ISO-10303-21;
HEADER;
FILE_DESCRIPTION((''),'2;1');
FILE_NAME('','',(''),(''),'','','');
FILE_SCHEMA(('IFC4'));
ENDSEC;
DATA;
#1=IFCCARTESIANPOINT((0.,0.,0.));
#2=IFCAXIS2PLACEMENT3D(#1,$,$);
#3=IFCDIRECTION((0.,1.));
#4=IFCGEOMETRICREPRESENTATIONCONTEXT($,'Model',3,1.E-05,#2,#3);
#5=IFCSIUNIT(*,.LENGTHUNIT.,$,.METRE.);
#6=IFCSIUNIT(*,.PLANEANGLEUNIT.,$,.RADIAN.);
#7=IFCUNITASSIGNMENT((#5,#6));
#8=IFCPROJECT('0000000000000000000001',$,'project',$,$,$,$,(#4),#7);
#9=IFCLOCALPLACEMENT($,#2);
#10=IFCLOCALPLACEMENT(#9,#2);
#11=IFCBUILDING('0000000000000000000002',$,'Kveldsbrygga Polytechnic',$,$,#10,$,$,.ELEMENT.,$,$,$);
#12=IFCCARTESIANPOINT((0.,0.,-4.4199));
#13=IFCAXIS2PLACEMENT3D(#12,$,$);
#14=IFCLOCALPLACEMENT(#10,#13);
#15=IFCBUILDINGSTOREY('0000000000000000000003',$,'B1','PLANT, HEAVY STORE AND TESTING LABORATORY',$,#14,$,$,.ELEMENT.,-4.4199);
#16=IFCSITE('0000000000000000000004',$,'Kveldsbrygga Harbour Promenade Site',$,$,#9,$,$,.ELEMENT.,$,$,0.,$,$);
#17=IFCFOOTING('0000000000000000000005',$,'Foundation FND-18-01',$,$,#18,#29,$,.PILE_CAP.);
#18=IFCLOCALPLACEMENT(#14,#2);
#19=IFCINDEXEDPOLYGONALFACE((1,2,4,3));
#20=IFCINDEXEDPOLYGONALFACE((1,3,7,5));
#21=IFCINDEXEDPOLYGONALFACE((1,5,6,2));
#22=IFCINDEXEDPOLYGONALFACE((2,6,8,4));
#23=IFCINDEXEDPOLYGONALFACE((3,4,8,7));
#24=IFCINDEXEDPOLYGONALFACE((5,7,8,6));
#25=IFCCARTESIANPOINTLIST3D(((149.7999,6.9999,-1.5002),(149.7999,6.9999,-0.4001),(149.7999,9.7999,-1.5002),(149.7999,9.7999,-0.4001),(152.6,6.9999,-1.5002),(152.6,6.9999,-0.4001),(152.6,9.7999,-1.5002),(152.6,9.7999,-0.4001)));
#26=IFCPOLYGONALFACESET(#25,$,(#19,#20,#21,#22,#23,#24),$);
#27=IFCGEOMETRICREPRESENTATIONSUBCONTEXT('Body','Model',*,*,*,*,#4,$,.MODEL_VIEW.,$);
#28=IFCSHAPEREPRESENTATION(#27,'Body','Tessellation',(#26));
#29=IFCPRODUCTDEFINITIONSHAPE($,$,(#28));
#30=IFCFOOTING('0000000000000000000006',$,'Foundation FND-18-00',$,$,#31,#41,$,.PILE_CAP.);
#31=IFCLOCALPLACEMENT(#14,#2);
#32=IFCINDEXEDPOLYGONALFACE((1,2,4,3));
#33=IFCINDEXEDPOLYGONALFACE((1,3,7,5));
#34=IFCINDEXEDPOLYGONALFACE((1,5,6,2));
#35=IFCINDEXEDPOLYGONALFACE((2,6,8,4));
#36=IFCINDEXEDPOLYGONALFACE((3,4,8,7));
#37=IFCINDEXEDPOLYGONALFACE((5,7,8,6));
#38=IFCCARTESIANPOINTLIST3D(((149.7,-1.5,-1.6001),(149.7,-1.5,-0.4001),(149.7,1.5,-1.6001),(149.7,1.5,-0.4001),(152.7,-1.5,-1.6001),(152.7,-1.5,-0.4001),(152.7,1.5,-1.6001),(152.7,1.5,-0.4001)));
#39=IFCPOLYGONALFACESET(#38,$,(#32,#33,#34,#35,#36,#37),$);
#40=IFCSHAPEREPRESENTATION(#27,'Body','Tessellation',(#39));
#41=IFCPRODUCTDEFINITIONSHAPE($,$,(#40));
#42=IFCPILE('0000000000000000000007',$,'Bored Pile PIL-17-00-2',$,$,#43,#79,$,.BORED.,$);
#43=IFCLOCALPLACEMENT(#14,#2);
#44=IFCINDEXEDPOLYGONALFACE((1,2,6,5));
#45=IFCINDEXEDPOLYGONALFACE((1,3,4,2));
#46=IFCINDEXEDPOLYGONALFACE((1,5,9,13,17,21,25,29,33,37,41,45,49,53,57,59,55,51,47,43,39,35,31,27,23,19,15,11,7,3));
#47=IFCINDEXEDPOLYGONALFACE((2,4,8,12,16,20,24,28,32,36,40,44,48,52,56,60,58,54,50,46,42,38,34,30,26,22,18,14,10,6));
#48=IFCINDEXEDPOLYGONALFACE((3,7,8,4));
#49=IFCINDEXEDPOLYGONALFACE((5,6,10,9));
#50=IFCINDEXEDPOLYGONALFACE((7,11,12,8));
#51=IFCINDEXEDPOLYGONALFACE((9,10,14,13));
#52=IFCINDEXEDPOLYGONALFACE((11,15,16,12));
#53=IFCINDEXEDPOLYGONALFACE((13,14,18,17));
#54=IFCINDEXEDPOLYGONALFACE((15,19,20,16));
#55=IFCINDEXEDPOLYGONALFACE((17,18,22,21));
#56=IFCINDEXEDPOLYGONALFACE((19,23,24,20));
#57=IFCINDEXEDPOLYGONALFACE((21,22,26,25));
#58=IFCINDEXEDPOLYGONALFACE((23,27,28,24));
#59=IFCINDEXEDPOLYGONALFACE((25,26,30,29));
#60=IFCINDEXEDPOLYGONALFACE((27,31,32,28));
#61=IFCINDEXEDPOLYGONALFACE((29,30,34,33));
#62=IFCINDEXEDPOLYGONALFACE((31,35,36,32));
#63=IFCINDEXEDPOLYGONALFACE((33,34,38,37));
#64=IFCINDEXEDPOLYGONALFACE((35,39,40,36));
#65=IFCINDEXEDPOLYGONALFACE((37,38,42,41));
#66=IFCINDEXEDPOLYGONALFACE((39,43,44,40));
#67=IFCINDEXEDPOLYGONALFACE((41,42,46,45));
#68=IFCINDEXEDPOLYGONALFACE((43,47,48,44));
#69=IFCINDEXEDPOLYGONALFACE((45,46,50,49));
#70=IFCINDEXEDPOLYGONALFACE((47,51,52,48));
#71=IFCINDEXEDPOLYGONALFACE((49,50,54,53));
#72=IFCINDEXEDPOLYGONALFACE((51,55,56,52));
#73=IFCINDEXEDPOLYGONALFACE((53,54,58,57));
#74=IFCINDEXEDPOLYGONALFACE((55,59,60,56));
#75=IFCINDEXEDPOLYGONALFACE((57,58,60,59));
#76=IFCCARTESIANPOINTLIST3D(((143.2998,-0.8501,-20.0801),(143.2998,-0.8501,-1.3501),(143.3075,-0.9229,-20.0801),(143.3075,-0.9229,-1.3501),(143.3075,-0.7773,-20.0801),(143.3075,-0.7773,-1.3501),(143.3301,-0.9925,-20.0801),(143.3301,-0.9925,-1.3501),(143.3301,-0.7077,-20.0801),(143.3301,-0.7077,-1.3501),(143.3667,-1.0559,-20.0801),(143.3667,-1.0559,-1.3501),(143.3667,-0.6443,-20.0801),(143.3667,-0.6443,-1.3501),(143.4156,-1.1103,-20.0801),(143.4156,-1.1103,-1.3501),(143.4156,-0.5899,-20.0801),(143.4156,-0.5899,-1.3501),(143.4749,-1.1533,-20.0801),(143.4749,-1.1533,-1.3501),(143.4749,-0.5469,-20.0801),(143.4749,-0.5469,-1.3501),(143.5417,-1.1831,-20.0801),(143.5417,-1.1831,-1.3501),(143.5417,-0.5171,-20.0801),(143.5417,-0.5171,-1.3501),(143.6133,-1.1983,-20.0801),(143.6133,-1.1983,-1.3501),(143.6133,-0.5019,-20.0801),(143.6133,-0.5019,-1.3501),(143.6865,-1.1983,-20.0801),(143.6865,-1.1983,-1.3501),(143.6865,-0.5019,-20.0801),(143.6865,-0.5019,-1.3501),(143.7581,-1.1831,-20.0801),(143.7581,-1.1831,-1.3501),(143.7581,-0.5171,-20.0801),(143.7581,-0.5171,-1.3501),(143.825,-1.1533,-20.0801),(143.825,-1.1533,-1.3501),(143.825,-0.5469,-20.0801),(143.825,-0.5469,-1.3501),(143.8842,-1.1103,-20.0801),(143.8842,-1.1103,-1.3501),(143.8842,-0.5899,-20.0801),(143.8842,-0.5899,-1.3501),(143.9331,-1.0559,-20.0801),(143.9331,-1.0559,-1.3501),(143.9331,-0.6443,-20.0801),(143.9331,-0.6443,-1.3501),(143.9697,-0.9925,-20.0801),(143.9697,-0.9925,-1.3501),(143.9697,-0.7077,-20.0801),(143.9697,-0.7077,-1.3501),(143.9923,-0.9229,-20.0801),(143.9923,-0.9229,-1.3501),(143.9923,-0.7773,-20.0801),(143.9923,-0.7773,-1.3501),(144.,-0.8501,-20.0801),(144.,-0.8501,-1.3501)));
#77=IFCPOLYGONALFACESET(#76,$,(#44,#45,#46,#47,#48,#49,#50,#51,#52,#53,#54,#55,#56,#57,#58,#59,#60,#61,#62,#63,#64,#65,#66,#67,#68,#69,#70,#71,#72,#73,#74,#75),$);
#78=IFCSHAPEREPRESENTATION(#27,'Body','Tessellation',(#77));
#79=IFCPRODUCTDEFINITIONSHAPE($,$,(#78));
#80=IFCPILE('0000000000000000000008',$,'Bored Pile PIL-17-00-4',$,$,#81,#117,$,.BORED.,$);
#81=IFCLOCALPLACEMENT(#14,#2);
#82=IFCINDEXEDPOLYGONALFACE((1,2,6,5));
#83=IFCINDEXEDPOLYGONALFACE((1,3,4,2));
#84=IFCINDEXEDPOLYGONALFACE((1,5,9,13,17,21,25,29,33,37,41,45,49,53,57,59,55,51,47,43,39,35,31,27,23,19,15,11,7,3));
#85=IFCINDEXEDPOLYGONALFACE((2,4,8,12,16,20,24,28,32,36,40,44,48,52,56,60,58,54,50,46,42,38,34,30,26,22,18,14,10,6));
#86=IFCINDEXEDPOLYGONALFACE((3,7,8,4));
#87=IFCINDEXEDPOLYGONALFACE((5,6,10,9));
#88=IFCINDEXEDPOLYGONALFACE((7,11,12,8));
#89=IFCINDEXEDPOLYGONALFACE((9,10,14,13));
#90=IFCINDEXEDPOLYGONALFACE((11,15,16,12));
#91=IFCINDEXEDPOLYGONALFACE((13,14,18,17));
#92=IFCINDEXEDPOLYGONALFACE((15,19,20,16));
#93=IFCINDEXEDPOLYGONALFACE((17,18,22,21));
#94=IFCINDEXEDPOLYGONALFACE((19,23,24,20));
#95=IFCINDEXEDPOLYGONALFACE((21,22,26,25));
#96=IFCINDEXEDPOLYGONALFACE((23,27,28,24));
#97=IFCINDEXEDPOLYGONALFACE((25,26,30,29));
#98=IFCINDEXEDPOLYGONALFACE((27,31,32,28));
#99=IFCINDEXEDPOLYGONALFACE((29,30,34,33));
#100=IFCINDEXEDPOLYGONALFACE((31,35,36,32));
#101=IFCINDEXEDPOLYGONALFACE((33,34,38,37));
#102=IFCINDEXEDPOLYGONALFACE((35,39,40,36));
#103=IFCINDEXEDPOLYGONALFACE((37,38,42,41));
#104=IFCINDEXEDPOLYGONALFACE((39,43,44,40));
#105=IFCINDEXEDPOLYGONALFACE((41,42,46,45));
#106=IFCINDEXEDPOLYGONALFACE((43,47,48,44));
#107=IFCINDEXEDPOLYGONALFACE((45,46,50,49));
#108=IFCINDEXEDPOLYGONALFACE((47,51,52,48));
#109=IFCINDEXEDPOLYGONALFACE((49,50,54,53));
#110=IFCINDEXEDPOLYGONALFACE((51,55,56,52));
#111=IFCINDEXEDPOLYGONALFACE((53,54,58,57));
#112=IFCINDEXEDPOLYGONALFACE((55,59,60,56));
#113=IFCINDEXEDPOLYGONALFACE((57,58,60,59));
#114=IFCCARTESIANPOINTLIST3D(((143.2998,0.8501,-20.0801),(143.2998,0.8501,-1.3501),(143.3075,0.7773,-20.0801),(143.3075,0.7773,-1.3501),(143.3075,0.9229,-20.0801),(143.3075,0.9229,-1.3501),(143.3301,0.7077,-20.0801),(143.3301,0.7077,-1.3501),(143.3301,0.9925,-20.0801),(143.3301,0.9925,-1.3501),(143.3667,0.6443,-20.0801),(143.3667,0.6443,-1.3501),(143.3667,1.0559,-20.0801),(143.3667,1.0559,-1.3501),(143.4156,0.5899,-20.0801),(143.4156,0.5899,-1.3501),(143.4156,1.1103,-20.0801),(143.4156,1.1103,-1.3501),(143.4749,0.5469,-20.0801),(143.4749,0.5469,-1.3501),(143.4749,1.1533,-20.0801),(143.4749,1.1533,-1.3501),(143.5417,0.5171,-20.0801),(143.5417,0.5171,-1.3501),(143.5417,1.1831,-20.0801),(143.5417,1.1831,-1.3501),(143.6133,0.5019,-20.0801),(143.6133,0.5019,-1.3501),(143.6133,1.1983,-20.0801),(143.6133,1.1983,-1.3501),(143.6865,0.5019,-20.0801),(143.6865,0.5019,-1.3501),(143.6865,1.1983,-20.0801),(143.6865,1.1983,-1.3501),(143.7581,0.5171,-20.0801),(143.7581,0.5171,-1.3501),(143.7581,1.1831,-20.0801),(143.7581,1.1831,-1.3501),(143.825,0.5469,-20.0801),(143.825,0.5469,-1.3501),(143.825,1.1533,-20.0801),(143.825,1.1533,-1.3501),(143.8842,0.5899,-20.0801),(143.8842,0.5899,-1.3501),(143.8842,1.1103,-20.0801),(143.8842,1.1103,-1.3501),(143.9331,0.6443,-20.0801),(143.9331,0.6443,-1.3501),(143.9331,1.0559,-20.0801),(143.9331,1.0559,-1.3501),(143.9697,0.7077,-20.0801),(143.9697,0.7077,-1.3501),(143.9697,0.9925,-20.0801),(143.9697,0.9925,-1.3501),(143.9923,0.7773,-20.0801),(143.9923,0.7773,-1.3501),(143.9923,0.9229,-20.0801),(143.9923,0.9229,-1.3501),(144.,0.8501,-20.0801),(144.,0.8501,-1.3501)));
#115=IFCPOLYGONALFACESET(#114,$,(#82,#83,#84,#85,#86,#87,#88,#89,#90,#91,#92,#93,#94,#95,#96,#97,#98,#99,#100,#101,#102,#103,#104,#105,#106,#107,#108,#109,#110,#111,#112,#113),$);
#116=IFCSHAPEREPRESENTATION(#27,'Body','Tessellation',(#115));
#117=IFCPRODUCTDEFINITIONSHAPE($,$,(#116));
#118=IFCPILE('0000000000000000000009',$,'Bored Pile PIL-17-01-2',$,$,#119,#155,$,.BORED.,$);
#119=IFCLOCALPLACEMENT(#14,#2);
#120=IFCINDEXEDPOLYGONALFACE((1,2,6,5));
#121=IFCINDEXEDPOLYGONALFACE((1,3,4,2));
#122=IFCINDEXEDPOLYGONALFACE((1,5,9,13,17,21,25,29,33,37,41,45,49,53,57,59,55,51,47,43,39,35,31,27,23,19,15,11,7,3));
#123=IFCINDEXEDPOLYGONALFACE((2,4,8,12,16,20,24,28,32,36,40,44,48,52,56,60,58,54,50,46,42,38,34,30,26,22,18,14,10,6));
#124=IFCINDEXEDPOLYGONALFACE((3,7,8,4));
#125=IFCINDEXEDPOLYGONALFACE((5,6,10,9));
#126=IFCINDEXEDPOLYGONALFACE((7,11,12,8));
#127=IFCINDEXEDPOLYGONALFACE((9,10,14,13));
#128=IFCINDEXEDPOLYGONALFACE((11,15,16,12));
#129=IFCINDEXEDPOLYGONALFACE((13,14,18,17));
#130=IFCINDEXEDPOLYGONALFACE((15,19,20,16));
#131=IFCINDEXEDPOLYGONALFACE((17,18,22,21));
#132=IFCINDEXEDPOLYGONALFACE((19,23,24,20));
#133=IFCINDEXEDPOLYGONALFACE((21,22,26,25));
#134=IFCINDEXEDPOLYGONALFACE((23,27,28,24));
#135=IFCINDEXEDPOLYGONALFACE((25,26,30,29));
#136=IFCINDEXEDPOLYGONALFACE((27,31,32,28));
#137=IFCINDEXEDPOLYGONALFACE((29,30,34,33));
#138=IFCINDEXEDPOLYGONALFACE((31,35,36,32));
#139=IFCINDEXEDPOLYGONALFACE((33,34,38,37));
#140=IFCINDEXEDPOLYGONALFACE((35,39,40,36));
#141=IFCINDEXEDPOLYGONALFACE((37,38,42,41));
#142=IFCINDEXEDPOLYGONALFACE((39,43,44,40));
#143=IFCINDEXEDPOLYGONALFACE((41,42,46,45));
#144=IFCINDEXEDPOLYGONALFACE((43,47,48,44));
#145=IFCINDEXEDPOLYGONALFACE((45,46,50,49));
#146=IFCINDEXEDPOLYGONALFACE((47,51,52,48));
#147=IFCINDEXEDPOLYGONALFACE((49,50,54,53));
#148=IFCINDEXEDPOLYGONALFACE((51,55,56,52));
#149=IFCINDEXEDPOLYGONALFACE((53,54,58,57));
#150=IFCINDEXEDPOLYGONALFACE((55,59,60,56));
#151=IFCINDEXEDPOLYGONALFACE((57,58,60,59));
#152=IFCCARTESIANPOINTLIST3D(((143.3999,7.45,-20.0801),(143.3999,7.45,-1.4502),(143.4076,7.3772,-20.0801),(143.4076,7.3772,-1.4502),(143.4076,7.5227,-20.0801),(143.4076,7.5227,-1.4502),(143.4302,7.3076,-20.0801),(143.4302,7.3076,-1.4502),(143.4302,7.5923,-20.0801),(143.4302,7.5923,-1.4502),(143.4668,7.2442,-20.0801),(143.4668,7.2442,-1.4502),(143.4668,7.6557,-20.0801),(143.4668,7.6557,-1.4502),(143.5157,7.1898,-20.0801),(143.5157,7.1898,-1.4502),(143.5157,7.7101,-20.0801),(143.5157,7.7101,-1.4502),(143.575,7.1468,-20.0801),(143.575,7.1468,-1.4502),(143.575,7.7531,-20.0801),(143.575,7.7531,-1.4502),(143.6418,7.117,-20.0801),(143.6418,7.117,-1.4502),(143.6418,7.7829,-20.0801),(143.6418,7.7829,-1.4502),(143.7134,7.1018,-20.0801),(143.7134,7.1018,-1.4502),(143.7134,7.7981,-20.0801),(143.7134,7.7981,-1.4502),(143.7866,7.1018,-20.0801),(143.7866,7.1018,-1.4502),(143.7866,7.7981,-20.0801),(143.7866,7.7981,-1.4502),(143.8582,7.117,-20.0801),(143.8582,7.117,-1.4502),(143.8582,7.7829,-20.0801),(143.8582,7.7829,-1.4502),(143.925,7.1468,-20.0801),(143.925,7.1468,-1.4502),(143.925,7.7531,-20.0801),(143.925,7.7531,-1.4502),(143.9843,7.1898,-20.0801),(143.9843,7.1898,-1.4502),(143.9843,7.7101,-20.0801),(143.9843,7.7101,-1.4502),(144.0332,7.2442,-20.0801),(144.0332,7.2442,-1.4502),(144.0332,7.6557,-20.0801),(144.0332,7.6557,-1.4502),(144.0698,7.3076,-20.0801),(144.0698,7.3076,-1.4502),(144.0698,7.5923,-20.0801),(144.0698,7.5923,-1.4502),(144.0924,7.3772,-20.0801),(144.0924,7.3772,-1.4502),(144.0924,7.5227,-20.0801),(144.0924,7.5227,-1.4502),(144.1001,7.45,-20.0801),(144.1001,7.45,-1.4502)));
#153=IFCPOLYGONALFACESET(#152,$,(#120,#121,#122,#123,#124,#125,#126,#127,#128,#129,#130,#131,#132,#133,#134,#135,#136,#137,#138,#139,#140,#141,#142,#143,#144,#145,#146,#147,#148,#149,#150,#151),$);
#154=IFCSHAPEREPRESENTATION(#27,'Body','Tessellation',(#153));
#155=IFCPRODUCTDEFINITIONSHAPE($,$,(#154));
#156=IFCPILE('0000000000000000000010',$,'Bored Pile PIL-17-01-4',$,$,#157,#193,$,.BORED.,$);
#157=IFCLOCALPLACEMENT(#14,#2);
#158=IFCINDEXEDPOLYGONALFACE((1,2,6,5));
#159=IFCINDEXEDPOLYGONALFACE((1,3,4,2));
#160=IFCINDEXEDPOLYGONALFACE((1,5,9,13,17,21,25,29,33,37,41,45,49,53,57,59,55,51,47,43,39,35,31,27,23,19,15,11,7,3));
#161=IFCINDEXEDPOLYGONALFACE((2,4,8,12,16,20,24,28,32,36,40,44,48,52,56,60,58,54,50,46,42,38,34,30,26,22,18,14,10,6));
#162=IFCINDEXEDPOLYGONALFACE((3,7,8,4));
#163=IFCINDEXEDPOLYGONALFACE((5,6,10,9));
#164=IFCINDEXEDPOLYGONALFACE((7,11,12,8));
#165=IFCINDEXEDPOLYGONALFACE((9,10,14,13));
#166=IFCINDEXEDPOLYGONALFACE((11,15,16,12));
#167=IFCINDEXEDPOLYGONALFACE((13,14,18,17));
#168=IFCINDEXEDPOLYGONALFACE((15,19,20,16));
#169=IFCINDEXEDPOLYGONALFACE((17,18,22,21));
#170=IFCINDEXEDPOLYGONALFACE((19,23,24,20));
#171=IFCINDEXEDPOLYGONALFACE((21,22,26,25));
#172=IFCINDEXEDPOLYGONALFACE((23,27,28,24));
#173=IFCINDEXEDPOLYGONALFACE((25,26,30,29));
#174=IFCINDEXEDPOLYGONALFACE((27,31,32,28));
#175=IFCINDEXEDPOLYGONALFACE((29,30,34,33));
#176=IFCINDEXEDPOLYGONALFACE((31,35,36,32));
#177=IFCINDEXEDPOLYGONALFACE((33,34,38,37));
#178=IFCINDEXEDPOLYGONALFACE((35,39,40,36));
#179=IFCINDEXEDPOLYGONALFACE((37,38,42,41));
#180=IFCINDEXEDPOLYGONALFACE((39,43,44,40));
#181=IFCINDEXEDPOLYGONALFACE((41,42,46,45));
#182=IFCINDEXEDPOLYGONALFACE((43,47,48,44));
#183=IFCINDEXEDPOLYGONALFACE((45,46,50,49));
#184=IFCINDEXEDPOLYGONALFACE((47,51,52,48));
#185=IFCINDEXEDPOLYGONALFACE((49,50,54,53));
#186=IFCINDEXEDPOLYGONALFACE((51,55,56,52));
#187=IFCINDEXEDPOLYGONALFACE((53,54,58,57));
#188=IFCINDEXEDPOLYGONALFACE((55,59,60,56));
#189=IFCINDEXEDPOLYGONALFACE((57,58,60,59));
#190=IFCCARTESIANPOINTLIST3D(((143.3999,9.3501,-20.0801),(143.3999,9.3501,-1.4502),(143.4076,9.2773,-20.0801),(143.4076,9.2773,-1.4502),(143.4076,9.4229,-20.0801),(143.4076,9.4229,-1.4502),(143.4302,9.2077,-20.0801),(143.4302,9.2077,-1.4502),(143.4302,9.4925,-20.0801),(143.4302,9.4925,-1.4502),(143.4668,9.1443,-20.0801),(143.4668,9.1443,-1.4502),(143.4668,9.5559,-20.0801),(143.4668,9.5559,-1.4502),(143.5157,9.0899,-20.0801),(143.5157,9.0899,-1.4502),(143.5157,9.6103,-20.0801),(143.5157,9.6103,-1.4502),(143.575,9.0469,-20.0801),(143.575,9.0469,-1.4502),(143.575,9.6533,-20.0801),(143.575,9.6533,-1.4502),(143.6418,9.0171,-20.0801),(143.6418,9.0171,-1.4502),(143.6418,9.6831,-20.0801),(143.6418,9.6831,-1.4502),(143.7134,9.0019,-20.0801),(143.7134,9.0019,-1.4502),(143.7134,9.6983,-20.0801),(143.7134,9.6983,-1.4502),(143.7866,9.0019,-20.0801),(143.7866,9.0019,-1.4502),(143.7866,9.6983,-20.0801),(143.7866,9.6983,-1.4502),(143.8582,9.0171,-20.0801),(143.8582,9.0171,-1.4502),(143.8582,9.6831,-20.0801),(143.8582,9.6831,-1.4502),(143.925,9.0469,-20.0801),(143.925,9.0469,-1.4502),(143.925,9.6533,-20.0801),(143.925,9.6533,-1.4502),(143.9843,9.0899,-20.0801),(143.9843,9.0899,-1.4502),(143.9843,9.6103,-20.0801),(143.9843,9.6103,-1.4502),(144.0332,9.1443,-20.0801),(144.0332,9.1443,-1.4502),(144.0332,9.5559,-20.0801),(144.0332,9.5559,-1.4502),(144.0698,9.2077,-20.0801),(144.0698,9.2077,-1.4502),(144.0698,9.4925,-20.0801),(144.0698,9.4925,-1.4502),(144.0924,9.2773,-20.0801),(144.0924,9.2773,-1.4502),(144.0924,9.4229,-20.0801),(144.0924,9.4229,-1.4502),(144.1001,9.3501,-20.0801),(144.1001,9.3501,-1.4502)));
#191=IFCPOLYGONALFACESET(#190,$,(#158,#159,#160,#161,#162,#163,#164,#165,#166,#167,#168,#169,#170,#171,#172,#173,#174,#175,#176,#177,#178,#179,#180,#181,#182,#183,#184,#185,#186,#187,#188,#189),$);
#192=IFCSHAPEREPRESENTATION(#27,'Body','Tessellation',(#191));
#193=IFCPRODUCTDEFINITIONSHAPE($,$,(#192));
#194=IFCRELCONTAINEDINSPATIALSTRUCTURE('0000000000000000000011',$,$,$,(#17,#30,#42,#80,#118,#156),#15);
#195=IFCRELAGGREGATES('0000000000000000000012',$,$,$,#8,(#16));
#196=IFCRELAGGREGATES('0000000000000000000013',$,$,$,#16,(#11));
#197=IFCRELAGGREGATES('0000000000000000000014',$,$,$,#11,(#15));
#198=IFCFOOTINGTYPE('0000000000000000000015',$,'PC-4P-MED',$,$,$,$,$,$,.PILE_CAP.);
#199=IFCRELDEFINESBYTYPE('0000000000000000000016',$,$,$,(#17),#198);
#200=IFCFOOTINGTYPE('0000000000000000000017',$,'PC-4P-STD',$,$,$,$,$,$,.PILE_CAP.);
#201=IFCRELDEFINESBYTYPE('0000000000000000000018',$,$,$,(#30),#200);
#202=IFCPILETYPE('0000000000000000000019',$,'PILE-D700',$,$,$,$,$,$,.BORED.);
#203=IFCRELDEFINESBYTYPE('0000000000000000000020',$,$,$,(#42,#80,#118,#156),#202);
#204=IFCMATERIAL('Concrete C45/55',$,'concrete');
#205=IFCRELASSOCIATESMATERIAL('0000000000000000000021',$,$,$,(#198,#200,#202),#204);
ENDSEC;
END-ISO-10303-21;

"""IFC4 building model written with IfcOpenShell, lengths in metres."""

from ifc_helpers import new_model, si_unit, direction, frame, origin, origin_2d, place, context, subcontext, project, spatial, rectangle, circle, extrude, material, material_profile, profile_set, type_object, element, save


model = new_model("IFC4")

# Units and contexts
model_context = context("Model", 3, precision=1e-05, world=origin(), true_north=direction((0.0, 1.0)))
body_context = subcontext(model_context, "Body", "Model", "MODEL_VIEW")
ifc_project = project(units=[si_unit("LENGTHUNIT", "METRE"), si_unit("PLANEANGLEUNIT", "RADIAN")], contexts=[model_context])

# Site, building, storey
site_placement = place(None, origin())
site = spatial("IfcSite", under=ifc_project, at=site_placement, Name="Kveldsbrygga Harbour Promenade Site", CompositionType="ELEMENT", RefElevation=0.0)
building_placement = place(site_placement, origin())
building = spatial("IfcBuilding", under=site, at=building_placement, Name="Kveldsbrygga Polytechnic", CompositionType="ELEMENT")
storey_placement = place(building_placement, frame((0.0, 0.0, -4.4199)))
storey = spatial("IfcBuildingStorey", under=building, at=storey_placement, Name="B1", Description="PLANT, HEAVY STORE AND TESTING LABORATORY", CompositionType="ELEMENT", Elevation=-4.4199)

# Footings
ifc_material_1 = material(Name="Concrete C45/55", Category="concrete")
footing_type_1 = type_object("IfcFootingType", Name="PC-4P-MED", PredefinedType="PILE_CAP", material=ifc_material_1)
footing_1_placement = place(storey_placement, frame((151.2, 8.3999, -1.5002), z_axis=(0.0, 0.0, 1.0), x_axis=(1.0, 0.0, 0.0)))
element("IfcFooting", 1, at=footing_1_placement, inside=storey, type_object=footing_type_1, Name="Foundation FND-18-01", PredefinedType="PILE_CAP", context=body_context, shape_type="SweptSolid", body=[
    extrude(rectangle(XDim=2.8, YDim=2.8, at=origin_2d()), origin(), (0.0, 0.0, 1.0), 1.1001),
])
footing_type_2 = type_object("IfcFootingType", Name="PC-4P-STD", PredefinedType="PILE_CAP", material=ifc_material_1)
footing_2_placement = place(storey_placement, frame((151.2, 0.0, -1.6001), z_axis=(0.0, 0.0, 1.0), x_axis=(1.0, 0.0, 0.0)))
element("IfcFooting", 2, at=footing_2_placement, inside=storey, type_object=footing_type_2, Name="Foundation FND-18-00", PredefinedType="PILE_CAP", context=body_context, shape_type="SweptSolid", body=[
    extrude(rectangle(XDim=3.0, YDim=3.0, at=origin_2d()), origin(), (0.0, 0.0, 1.0), 1.2),
])

# Piles
ifc_material_profile_1 = material_profile(ifc_material_1, circle(Radius=0.3501, at=origin_2d()), Name="PILE D700")
ifc_profile_set_1 = profile_set([ifc_material_profile_1], Name="Concrete C45/55")
pile_type_1 = type_object("IfcPileType", Name="PILE-D700", PredefinedType="BORED", material=ifc_profile_set_1)
for number, where, z_axis, x_axis, name in (
    (3, (143.6499, -0.8501, -1.3501), (0.0, 0.0, -1.0), (1.0, 0.0, 0.0), "Bored Pile PIL-17-00-2"),
    (4, (143.6499, 0.8501, -1.3501), (0.0, 0.0, -1.0), (1.0, 0.0, 0.0), "Bored Pile PIL-17-00-4"),
):
    element("IfcPile", number, at=place(storey_placement, frame(where, z_axis=z_axis, x_axis=x_axis)), inside=storey, type_object=pile_type_1, Name=name, PredefinedType="BORED", context=body_context, shape_type="SweptSolid", body=[
        extrude(circle(Radius=0.3501, at=origin_2d()), origin(), (0.0, 0.0, 1.0), 18.73),
    ])
for number, where, z_axis, x_axis, name in (
    (5, (143.75, 7.45, -1.4502), (0.0, 0.0, -1.0), (1.0, 0.0, 0.0), "Bored Pile PIL-17-01-2"),
    (6, (143.75, 9.3501, -1.4502), (0.0, 0.0, -1.0), (1.0, 0.0, 0.0), "Bored Pile PIL-17-01-4"),
):
    element("IfcPile", number, at=place(storey_placement, frame(where, z_axis=z_axis, x_axis=x_axis)), inside=storey, type_object=pile_type_1, Name=name, PredefinedType="BORED", context=body_context, shape_type="SweptSolid", body=[
        extrude(circle(Radius=0.3501, at=origin_2d()), origin(), (0.0, 0.0, 1.0), 18.6299),
    ])

save(model, "model.ifc")
